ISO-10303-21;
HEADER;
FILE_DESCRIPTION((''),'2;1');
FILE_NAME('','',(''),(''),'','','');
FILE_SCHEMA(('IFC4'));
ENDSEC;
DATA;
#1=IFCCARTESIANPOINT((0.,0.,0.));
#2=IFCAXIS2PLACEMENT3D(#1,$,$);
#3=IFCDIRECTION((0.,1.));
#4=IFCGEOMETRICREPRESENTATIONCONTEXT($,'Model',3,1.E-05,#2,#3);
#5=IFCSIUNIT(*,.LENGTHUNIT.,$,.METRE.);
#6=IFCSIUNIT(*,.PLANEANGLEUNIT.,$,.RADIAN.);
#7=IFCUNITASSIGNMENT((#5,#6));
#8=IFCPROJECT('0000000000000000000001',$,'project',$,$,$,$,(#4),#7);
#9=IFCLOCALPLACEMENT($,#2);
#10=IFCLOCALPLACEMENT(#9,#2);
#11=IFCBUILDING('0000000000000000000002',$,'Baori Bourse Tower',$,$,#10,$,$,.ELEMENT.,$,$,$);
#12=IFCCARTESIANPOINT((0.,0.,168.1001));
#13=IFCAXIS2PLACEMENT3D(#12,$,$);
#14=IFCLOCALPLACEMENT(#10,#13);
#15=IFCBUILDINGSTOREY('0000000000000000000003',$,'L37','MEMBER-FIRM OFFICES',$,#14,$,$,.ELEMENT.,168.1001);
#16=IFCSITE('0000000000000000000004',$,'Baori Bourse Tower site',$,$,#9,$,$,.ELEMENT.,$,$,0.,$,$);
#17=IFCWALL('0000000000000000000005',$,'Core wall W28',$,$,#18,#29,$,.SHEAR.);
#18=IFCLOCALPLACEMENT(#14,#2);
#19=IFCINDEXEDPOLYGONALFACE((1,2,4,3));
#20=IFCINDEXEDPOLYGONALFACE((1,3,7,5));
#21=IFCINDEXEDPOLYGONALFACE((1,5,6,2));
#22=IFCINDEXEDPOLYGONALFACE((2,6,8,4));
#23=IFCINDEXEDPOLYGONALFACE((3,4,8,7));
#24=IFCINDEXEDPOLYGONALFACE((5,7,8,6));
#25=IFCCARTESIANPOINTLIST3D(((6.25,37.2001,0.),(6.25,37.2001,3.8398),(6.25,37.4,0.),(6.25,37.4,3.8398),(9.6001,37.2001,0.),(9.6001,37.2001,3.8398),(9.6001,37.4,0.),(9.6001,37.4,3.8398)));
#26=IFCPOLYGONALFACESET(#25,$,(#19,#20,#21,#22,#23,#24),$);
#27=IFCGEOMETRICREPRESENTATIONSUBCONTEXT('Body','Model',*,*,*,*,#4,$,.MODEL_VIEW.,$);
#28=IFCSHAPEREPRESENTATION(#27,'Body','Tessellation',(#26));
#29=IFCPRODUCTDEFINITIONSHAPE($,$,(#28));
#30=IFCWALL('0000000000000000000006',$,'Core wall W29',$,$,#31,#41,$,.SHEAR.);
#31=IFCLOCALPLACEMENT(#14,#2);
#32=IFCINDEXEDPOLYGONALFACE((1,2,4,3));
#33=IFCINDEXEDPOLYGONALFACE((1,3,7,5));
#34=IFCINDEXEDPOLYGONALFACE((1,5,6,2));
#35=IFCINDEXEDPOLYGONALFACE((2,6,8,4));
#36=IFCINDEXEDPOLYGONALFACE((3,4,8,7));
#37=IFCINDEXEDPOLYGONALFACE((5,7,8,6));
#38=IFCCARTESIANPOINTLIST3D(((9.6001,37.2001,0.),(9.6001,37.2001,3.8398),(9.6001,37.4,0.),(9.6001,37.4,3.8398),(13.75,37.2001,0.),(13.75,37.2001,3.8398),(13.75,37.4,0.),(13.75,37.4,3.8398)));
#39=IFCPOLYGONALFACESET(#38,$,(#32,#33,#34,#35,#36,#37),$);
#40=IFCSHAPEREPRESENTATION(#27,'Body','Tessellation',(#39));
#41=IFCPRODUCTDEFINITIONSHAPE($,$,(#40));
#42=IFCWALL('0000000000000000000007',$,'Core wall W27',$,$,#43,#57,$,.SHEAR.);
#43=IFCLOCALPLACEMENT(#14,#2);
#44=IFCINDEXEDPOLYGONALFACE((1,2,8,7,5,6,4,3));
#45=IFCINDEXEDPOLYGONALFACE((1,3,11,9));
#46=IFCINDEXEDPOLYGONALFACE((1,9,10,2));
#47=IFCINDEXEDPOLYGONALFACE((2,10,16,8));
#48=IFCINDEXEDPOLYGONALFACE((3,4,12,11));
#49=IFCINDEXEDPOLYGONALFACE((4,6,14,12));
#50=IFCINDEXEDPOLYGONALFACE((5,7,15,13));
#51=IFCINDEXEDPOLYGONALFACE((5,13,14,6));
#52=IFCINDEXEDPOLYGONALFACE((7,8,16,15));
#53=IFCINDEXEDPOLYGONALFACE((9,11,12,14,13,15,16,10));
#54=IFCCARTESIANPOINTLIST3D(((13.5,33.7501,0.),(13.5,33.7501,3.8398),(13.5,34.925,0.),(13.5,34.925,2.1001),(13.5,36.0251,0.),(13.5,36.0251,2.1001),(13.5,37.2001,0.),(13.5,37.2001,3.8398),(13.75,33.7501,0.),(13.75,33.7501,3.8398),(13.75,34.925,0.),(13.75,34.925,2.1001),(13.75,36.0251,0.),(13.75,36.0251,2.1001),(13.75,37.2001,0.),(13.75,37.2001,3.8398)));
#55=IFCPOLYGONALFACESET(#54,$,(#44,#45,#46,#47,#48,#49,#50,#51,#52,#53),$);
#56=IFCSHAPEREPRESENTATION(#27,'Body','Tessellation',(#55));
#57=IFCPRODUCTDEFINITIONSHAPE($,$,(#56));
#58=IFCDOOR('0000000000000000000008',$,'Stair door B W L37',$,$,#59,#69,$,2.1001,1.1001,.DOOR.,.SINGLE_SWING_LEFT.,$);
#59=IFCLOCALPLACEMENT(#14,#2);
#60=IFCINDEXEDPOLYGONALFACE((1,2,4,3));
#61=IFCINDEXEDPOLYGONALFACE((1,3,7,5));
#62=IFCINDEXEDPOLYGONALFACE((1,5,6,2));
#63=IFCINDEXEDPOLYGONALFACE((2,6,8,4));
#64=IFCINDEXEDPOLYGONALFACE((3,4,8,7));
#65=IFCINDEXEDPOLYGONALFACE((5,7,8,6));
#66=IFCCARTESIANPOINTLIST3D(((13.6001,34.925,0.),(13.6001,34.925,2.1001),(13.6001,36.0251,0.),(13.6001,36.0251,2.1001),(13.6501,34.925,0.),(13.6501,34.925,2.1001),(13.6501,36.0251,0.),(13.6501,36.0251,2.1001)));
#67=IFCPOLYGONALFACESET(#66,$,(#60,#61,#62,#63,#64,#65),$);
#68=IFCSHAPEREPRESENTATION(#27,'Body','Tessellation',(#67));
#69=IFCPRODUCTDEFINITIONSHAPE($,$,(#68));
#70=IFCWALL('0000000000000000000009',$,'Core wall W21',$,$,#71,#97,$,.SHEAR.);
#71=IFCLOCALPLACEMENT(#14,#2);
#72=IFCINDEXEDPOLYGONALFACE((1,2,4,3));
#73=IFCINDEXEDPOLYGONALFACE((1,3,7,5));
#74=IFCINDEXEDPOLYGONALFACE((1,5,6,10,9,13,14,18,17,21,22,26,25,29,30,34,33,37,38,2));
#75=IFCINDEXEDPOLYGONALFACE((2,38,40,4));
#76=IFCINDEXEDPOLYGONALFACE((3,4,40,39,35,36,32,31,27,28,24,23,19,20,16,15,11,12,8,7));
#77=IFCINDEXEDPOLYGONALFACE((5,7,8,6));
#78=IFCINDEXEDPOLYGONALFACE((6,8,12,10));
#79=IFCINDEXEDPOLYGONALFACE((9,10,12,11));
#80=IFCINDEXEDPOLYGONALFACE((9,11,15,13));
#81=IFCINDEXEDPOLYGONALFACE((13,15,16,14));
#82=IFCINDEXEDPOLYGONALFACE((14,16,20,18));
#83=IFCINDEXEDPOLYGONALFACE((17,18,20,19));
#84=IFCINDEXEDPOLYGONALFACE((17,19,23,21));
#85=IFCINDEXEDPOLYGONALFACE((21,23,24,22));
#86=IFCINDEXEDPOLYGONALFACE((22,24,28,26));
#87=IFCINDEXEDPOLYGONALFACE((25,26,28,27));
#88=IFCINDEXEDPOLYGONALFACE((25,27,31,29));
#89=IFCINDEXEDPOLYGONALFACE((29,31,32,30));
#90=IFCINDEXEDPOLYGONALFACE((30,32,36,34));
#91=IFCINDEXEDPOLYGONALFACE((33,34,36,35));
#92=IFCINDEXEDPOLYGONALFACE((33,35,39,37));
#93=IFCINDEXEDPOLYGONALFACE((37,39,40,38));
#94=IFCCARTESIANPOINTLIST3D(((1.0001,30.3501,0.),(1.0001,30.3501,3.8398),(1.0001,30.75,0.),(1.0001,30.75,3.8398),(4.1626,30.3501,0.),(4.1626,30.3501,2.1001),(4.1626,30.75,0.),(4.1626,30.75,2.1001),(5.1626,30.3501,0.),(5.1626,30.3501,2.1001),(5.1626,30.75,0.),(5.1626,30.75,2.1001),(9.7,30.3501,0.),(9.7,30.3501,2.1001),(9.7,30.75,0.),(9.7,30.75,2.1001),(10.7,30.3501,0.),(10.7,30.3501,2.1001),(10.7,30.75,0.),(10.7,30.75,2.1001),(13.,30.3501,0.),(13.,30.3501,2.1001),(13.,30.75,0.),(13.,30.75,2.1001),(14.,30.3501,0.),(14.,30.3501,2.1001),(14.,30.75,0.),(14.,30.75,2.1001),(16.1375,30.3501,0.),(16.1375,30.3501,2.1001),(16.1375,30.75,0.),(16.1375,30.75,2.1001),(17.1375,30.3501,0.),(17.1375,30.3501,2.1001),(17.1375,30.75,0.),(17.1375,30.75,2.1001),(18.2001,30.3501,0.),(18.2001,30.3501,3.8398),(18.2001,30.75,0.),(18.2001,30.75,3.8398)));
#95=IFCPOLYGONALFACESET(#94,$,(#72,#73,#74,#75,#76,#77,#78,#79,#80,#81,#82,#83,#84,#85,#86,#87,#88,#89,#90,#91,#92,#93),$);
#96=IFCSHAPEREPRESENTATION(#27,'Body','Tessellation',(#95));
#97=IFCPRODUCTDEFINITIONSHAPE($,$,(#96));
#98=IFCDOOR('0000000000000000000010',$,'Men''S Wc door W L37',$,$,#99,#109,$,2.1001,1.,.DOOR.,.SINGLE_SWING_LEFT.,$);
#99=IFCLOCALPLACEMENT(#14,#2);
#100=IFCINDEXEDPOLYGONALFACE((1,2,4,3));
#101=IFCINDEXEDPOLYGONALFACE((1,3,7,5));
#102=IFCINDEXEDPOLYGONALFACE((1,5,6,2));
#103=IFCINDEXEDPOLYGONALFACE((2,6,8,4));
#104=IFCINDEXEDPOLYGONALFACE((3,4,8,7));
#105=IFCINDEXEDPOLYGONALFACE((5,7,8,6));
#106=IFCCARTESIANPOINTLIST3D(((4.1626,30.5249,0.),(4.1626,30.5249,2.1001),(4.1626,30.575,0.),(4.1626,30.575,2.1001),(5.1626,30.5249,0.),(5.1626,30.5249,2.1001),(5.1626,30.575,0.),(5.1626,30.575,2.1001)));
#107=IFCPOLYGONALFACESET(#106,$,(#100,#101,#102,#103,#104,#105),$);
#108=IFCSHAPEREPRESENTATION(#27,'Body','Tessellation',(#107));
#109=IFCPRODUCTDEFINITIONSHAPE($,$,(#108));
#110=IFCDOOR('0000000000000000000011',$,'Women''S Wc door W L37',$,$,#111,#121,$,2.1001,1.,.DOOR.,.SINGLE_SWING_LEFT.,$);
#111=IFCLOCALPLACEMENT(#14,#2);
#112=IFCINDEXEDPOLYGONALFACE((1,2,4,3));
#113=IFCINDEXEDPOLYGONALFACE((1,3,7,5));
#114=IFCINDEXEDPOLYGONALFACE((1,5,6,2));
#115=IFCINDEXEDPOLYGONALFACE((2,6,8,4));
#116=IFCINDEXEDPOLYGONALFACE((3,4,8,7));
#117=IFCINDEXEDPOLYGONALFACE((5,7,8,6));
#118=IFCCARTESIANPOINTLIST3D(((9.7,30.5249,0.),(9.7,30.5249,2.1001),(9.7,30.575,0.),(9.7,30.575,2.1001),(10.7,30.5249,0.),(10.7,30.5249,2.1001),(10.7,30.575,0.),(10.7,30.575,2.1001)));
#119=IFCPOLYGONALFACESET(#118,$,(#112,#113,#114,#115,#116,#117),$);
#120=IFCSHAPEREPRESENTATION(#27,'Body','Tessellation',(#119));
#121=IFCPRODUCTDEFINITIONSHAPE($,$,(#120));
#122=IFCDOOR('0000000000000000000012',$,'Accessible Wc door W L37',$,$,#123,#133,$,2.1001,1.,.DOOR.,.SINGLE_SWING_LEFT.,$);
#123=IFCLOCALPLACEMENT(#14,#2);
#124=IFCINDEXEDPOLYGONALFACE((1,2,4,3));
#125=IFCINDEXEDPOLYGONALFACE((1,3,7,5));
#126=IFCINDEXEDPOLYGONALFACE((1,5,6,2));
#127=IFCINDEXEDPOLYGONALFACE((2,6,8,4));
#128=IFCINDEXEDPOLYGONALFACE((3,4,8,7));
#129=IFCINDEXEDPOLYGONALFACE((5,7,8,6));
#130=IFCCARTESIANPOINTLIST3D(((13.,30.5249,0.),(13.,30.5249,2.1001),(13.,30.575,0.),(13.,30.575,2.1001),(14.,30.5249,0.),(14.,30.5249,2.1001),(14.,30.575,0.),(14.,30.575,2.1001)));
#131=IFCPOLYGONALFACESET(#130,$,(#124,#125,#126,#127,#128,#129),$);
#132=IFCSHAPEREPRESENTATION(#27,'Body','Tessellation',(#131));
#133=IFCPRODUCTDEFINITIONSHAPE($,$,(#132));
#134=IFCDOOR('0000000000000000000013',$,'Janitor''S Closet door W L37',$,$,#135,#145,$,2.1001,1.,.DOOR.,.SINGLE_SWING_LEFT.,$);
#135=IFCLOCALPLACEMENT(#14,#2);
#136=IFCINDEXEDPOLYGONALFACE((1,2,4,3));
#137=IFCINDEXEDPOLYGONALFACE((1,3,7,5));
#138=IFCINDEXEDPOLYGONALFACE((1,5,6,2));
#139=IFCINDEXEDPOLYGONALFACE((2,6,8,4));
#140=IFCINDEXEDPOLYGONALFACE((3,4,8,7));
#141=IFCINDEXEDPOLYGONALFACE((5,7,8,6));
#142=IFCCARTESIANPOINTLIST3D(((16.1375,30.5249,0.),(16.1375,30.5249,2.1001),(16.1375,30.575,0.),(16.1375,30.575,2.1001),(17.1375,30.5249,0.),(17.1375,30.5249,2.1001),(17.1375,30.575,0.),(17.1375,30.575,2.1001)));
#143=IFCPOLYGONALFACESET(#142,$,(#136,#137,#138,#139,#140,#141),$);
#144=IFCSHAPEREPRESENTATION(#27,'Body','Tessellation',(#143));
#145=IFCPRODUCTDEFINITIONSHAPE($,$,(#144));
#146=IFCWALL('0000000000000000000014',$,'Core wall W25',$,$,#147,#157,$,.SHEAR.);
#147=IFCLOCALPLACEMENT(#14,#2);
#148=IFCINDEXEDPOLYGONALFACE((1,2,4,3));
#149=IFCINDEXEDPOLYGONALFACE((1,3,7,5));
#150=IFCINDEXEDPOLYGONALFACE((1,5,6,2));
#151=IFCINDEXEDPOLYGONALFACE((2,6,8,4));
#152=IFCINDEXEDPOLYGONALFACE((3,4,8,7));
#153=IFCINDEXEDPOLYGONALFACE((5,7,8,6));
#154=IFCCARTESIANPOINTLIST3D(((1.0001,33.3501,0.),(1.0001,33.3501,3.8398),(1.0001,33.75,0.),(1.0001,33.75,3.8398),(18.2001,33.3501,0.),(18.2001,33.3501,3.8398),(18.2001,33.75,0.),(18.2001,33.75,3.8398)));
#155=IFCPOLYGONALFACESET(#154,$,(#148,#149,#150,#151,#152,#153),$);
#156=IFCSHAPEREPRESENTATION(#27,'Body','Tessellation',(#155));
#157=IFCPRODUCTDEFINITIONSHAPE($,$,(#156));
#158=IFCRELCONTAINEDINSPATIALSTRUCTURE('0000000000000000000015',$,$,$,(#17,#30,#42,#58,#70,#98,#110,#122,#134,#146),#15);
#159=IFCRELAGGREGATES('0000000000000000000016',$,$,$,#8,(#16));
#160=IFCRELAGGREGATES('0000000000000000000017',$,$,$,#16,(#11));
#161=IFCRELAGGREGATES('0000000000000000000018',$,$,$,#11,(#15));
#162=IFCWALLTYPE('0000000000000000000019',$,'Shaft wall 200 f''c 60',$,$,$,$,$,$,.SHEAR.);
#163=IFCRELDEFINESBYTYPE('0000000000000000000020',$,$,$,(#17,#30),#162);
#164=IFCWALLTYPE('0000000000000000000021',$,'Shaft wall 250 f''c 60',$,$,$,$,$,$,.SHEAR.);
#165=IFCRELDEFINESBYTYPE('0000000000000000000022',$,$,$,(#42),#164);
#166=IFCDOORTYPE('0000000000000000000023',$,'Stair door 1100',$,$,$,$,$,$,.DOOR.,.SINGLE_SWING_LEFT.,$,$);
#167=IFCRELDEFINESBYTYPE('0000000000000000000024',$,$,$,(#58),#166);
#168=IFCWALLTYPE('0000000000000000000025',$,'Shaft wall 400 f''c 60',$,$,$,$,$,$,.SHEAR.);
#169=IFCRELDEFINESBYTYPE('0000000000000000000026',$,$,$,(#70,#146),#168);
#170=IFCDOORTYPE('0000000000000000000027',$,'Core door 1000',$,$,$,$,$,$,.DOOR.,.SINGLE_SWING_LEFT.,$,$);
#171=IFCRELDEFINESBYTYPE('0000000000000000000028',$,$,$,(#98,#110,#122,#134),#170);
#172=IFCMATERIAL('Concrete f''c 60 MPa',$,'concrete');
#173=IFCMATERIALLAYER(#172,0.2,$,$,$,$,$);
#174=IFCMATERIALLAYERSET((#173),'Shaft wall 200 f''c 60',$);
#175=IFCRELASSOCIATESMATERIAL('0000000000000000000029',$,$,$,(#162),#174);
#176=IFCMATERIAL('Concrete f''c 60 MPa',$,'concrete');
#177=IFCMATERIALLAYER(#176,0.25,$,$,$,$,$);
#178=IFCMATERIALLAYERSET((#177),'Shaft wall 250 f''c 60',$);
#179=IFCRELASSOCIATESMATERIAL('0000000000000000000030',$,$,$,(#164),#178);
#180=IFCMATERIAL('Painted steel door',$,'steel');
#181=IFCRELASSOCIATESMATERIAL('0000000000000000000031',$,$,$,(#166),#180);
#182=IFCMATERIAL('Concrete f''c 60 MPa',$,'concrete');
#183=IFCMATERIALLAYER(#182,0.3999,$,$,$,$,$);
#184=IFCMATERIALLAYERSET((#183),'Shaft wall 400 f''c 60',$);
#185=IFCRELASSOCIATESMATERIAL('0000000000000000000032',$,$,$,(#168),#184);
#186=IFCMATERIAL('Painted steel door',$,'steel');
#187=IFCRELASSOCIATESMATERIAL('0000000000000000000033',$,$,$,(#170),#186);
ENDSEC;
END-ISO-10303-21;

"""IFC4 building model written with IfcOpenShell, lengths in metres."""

from ifc_helpers import new_model, si_unit, direction, frame, frame_2d, origin, place, context, subcontext, project, spatial, rectangle, extrude, material, layer, layer_set, type_object, element, fill, save


model = new_model("IFC4")

# Units and contexts
model_context = context("Model", 3, precision=1e-05, world=origin(), true_north=direction((0.0, 1.0)))
body_context = subcontext(model_context, "Body", "Model", "MODEL_VIEW")
ifc_project = project(units=[si_unit("LENGTHUNIT", "METRE"), si_unit("PLANEANGLEUNIT", "RADIAN")], contexts=[model_context])

# Site, building, storey
site_placement = place(None, origin())
site = spatial("IfcSite", under=ifc_project, at=site_placement, Name="Baori Bourse Tower site", CompositionType="ELEMENT", RefElevation=0.0)
building_placement = place(site_placement, origin())
building = spatial("IfcBuilding", under=site, at=building_placement, Name="Baori Bourse Tower", CompositionType="ELEMENT")
storey_placement = place(building_placement, frame((0.0, 0.0, 168.1001)))
storey = spatial("IfcBuildingStorey", under=building, at=storey_placement, Name="L37", Description="MEMBER-FIRM OFFICES", CompositionType="ELEMENT", Elevation=168.1001)

# Walls
ifc_material_1 = material(Name="Concrete f'c 60 MPa", Category="concrete")
ifc_layer_1 = layer(ifc_material_1, 0.2)
ifc_layer_set_1 = layer_set([ifc_layer_1], Name="Shaft wall 200 f'c 60")
wall_type_1 = type_object("IfcWallType", Name="Shaft wall 200 f'c 60", PredefinedType="SHEAR", material=ifc_layer_set_1)
wall_1_placement = place(storey_placement, frame((6.25, 37.3, 0.0), z_axis=(0.0, 0.0, 1.0), x_axis=(1.0, 0.0, 0.0)))
element("IfcWall", 1, at=wall_1_placement, inside=storey, type_object=wall_type_1, Name="Core wall W28", PredefinedType="SHEAR", context=body_context, shape_type="SweptSolid", body=[
    extrude(rectangle(XDim=3.3501, YDim=0.2, at=frame_2d((1.675, 0.0))), origin(), (0.0, 0.0, 1.0), 3.8398),
])
wall_2_placement = place(storey_placement, frame((9.6001, 37.3, 0.0), z_axis=(0.0, 0.0, 1.0), x_axis=(1.0, 0.0, 0.0)))
element("IfcWall", 2, at=wall_2_placement, inside=storey, type_object=wall_type_1, Name="Core wall W29", PredefinedType="SHEAR", context=body_context, shape_type="SweptSolid", body=[
    extrude(rectangle(XDim=4.1499, YDim=0.2, at=frame_2d((2.075, 0.0))), origin(), (0.0, 0.0, 1.0), 3.8398),
])

# Wall, opening, door
ifc_material_2 = material(Name="Concrete f'c 60 MPa", Category="concrete")
ifc_layer_2 = layer(ifc_material_2, 0.25)
ifc_layer_set_2 = layer_set([ifc_layer_2], Name="Shaft wall 250 f'c 60")
wall_type_2 = type_object("IfcWallType", Name="Shaft wall 250 f'c 60", PredefinedType="SHEAR", material=ifc_layer_set_2)
wall_3_placement = place(storey_placement, frame((13.625, 33.75, 0.0), z_axis=(0.0, 0.0, 1.0), x_axis=(0.0, 1.0, 0.0)))
wall_3 = element("IfcWall", 3, at=wall_3_placement, inside=storey, type_object=wall_type_2, Name="Core wall W27", PredefinedType="SHEAR", context=body_context, shape_type="SweptSolid", body=[
    extrude(rectangle(XDim=3.45, YDim=0.25, at=frame_2d((1.7251, 0.0))), origin(), (0.0, 0.0, 1.0), 3.8398),
])
opening_1_placement = place(wall_3_placement, frame((1.175, 0.0, 0.0)))
opening_1 = element("IfcOpeningElement", 4, at=opening_1_placement, cuts=wall_3, PredefinedType="OPENING", context=body_context, shape_type="SweptSolid", body=[
    extrude(rectangle(XDim=1.1001, YDim=2.1001, at=frame_2d((0.55, 1.05))), frame((0.0, 0.135, 0.0), z_axis=(0.0, -1.0, 0.0), x_axis=(1.0, 0.0, 0.0)), (0.0, 0.0, 1.0), 0.27),
])
ifc_material_3 = material(Name="Painted steel door", Category="steel")
door_type_1 = type_object("IfcDoorType", Name="Stair door 1100", OperationType="SINGLE_SWING_LEFT", PredefinedType="DOOR", material=ifc_material_3)
door_1_placement = place(opening_1_placement, origin())
door_1 = element("IfcDoor", 5, at=door_1_placement, inside=storey, type_object=door_type_1, Name="Stair door B W L37", OperationType="SINGLE_SWING_LEFT", OverallHeight=2.1001, OverallWidth=1.1001, PredefinedType="DOOR", context=body_context, shape_type="SweptSolid", body=[
    extrude(rectangle(XDim=1.1001, YDim=2.1001, at=frame_2d((0.55, 1.05))), frame((0.0, 0.0249, 0.0), z_axis=(0.0, -1.0, 0.0), x_axis=(1.0, 0.0, 0.0)), (0.0, 0.0, 1.0), 0.05),
])
fill(opening_1, door_1)

# Wall, openings, doors
ifc_material_4 = material(Name="Concrete f'c 60 MPa", Category="concrete")
ifc_layer_3 = layer(ifc_material_4, 0.3999)
ifc_layer_set_3 = layer_set([ifc_layer_3], Name="Shaft wall 400 f'c 60")
wall_type_3 = type_object("IfcWallType", Name="Shaft wall 400 f'c 60", PredefinedType="SHEAR", material=ifc_layer_set_3)
wall_4_placement = place(storey_placement, frame((1.0, 30.55, 0.0), z_axis=(0.0, 0.0, 1.0), x_axis=(1.0, 0.0, 0.0)))
wall_4 = element("IfcWall", 6, at=wall_4_placement, inside=storey, type_object=wall_type_3, Name="Core wall W21", PredefinedType="SHEAR", context=body_context, shape_type="SweptSolid", body=[
    extrude(rectangle(XDim=17.2, YDim=0.3999, at=frame_2d((8.6001, 0.0))), origin(), (0.0, 0.0, 1.0), 3.8398),
])
opening_2_placement = place(wall_4_placement, frame((3.1626, 0.0, 0.0)))
opening_2 = element("IfcOpeningElement", 7, at=opening_2_placement, cuts=wall_4, PredefinedType="OPENING", context=body_context, shape_type="SweptSolid", body=[
    extrude(rectangle(XDim=1.0, YDim=2.1001, at=frame_2d((0.5, 1.05))), frame((0.0, 0.21, 0.0), z_axis=(0.0, -1.0, 0.0), x_axis=(1.0, 0.0, 0.0)), (0.0, 0.0, 1.0), 0.4199),
])
opening_3_placement = place(wall_4_placement, frame((8.7, 0.0, 0.0)))
opening_3 = element("IfcOpeningElement", 8, at=opening_3_placement, cuts=wall_4, PredefinedType="OPENING", context=body_context, shape_type="SweptSolid", body=[
    extrude(rectangle(XDim=1.0, YDim=2.1001, at=frame_2d((0.5, 1.05))), frame((0.0, 0.21, 0.0), z_axis=(0.0, -1.0, 0.0), x_axis=(1.0, 0.0, 0.0)), (0.0, 0.0, 1.0), 0.4199),
])
opening_4_placement = place(wall_4_placement, frame((12.0, 0.0, 0.0)))
opening_4 = element("IfcOpeningElement", 9, at=opening_4_placement, cuts=wall_4, PredefinedType="OPENING", context=body_context, shape_type="SweptSolid", body=[
    extrude(rectangle(XDim=1.0, YDim=2.1001, at=frame_2d((0.5, 1.05))), frame((0.0, 0.21, 0.0), z_axis=(0.0, -1.0, 0.0), x_axis=(1.0, 0.0, 0.0)), (0.0, 0.0, 1.0), 0.4199),
])
opening_5_placement = place(wall_4_placement, frame((15.1375, 0.0, 0.0)))
opening_5 = element("IfcOpeningElement", 10, at=opening_5_placement, cuts=wall_4, PredefinedType="OPENING", context=body_context, shape_type="SweptSolid", body=[
    extrude(rectangle(XDim=1.0, YDim=2.1001, at=frame_2d((0.5, 1.05))), frame((0.0, 0.21, 0.0), z_axis=(0.0, -1.0, 0.0), x_axis=(1.0, 0.0, 0.0)), (0.0, 0.0, 1.0), 0.4199),
])
ifc_material_5 = material(Name="Painted steel door", Category="steel")
door_type_2 = type_object("IfcDoorType", Name="Core door 1000", OperationType="SINGLE_SWING_LEFT", PredefinedType="DOOR", material=ifc_material_5)
door_2_placement = place(opening_2_placement, origin())
door_2 = element("IfcDoor", 11, at=door_2_placement, inside=storey, type_object=door_type_2, Name="Men'S Wc door W L37", OperationType="SINGLE_SWING_LEFT", OverallHeight=2.1001, OverallWidth=1.0, PredefinedType="DOOR", context=body_context, shape_type="SweptSolid", body=[
    extrude(rectangle(XDim=1.0, YDim=2.1001, at=frame_2d((0.5, 1.05))), frame((0.0, 0.0249, 0.0), z_axis=(0.0, -1.0, 0.0), x_axis=(1.0, 0.0, 0.0)), (0.0, 0.0, 1.0), 0.05),
])
fill(opening_2, door_2)
door_3_placement = place(opening_3_placement, origin())
door_3 = element("IfcDoor", 12, at=door_3_placement, inside=storey, type_object=door_type_2, Name="Women'S Wc door W L37", OperationType="SINGLE_SWING_LEFT", OverallHeight=2.1001, OverallWidth=1.0, PredefinedType="DOOR", context=body_context, shape_type="SweptSolid", body=[
    extrude(rectangle(XDim=1.0, YDim=2.1001, at=frame_2d((0.5, 1.05))), frame((0.0, 0.0249, 0.0), z_axis=(0.0, -1.0, 0.0), x_axis=(1.0, 0.0, 0.0)), (0.0, 0.0, 1.0), 0.05),
])
fill(opening_3, door_3)
door_4_placement = place(opening_4_placement, origin())
door_4 = element("IfcDoor", 13, at=door_4_placement, inside=storey, type_object=door_type_2, Name="Accessible Wc door W L37", OperationType="SINGLE_SWING_LEFT", OverallHeight=2.1001, OverallWidth=1.0, PredefinedType="DOOR", context=body_context, shape_type="SweptSolid", body=[
    extrude(rectangle(XDim=1.0, YDim=2.1001, at=frame_2d((0.5, 1.05))), frame((0.0, 0.0249, 0.0), z_axis=(0.0, -1.0, 0.0), x_axis=(1.0, 0.0, 0.0)), (0.0, 0.0, 1.0), 0.05),
])
fill(opening_4, door_4)
door_5_placement = place(opening_5_placement, origin())
door_5 = element("IfcDoor", 14, at=door_5_placement, inside=storey, type_object=door_type_2, Name="Janitor'S Closet door W L37", OperationType="SINGLE_SWING_LEFT", OverallHeight=2.1001, OverallWidth=1.0, PredefinedType="DOOR", context=body_context, shape_type="SweptSolid", body=[
    extrude(rectangle(XDim=1.0, YDim=2.1001, at=frame_2d((0.5, 1.05))), frame((0.0, 0.0249, 0.0), z_axis=(0.0, -1.0, 0.0), x_axis=(1.0, 0.0, 0.0)), (0.0, 0.0, 1.0), 0.05),
])
fill(opening_5, door_5)

# Wall
wall_5_placement = place(storey_placement, frame((1.0, 33.55, 0.0), z_axis=(0.0, 0.0, 1.0), x_axis=(1.0, 0.0, 0.0)))
element("IfcWall", 15, at=wall_5_placement, inside=storey, type_object=wall_type_3, Name="Core wall W25", PredefinedType="SHEAR", context=body_context, shape_type="SweptSolid", body=[
    extrude(rectangle(XDim=17.2, YDim=0.3999, at=frame_2d((8.6001, 0.0))), origin(), (0.0, 0.0, 1.0), 3.8398),
])

save(model, "model.ifc")
